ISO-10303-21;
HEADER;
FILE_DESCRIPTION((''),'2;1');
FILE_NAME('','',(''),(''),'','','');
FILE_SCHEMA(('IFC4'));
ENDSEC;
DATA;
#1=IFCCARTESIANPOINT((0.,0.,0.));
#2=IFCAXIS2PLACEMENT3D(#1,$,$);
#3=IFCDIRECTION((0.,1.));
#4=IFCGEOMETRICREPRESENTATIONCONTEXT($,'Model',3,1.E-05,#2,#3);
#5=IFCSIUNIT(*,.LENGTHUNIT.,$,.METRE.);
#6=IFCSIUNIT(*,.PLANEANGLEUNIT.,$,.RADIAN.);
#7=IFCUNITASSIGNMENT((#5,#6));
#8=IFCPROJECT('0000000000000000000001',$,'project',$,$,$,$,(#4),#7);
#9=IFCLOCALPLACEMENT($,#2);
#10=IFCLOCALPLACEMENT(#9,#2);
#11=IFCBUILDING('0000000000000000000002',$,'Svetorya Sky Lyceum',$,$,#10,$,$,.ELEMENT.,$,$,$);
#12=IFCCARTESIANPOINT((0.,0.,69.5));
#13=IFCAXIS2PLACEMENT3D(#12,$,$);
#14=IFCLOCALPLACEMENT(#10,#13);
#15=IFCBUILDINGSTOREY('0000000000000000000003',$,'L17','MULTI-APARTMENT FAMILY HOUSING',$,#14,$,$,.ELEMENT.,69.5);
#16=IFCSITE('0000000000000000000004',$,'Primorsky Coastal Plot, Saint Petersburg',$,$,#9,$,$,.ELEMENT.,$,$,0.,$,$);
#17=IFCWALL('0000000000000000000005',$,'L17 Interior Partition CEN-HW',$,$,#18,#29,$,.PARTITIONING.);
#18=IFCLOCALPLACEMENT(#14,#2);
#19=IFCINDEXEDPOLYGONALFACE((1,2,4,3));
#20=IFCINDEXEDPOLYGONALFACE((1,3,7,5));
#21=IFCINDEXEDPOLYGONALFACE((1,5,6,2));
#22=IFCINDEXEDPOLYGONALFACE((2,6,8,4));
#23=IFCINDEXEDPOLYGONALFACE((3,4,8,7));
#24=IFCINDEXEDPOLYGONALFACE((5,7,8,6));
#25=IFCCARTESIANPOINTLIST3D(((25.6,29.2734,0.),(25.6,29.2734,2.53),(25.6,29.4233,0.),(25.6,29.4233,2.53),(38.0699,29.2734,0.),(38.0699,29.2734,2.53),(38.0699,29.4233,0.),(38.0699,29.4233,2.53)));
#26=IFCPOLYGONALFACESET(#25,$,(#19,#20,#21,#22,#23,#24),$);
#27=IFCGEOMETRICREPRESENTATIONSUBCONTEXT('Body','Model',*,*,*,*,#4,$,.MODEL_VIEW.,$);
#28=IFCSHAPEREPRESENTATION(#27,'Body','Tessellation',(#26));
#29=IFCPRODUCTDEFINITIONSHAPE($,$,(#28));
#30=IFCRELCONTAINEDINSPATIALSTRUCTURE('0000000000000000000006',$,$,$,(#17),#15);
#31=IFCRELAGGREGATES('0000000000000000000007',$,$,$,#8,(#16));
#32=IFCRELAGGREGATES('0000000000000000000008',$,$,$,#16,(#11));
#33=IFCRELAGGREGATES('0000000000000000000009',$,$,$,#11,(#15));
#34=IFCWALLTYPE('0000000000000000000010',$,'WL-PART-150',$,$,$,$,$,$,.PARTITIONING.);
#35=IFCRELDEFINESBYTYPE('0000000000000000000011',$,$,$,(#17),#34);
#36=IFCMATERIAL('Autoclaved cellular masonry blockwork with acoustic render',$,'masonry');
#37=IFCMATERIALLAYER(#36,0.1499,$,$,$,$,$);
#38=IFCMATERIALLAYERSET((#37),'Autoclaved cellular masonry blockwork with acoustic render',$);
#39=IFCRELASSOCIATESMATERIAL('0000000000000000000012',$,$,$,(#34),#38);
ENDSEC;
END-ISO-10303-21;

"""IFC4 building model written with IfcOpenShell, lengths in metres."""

from ifc_helpers import new_model, si_unit, direction, frame, frame_2d, origin, place, context, subcontext, project, spatial, rectangle, extrude, material, layer, layer_set, type_object, element, save


model = new_model("IFC4")

# Units and contexts
model_context = context("Model", 3, precision=1e-05, world=origin(), true_north=direction((0.0, 1.0)))
body_context = subcontext(model_context, "Body", "Model", "MODEL_VIEW")
ifc_project = project(units=[si_unit("LENGTHUNIT", "METRE"), si_unit("PLANEANGLEUNIT", "RADIAN")], contexts=[model_context])

# Site, building, storey
site_placement = place(None, origin())
site = spatial("IfcSite", under=ifc_project, at=site_placement, Name="Primorsky Coastal Plot, Saint Petersburg", CompositionType="ELEMENT", RefElevation=0.0)
building_placement = place(site_placement, origin())
building = spatial("IfcBuilding", under=site, at=building_placement, Name="Svetorya Sky Lyceum", CompositionType="ELEMENT")
storey_placement = place(building_placement, frame((0.0, 0.0, 69.5)))
storey = spatial("IfcBuildingStorey", under=building, at=storey_placement, Name="L17", Description="MULTI-APARTMENT FAMILY HOUSING", CompositionType="ELEMENT", Elevation=69.5)

# Shared definitions
ifc_material_1 = material(Name="Autoclaved cellular masonry blockwork with acoustic render", Category="masonry")
ifc_layer_1 = layer(ifc_material_1, 0.1499)
ifc_layer_set_1 = layer_set([ifc_layer_1], Name="Autoclaved cellular masonry blockwork with acoustic render")
wall_type_1 = type_object("IfcWallType", Name="WL-PART-150", PredefinedType="PARTITIONING", material=ifc_layer_set_1)

# Wall
wall_1_placement = place(storey_placement, frame((25.6001, 29.3484, 0.0), z_axis=(0.0, 0.0, 1.0), x_axis=(1.0, 0.0, 0.0)))
element("IfcWall", 1, at=wall_1_placement, inside=storey, type_object=wall_type_1, Name="L17 Interior Partition CEN-HW", PredefinedType="PARTITIONING", context=body_context, shape_type="SweptSolid", body=[
    extrude(rectangle(XDim=12.47, YDim=0.1499, at=frame_2d((6.2349, 0.0))), origin(), (0.0, 0.0, 1.0), 2.53),
])

save(model, "model.ifc")
